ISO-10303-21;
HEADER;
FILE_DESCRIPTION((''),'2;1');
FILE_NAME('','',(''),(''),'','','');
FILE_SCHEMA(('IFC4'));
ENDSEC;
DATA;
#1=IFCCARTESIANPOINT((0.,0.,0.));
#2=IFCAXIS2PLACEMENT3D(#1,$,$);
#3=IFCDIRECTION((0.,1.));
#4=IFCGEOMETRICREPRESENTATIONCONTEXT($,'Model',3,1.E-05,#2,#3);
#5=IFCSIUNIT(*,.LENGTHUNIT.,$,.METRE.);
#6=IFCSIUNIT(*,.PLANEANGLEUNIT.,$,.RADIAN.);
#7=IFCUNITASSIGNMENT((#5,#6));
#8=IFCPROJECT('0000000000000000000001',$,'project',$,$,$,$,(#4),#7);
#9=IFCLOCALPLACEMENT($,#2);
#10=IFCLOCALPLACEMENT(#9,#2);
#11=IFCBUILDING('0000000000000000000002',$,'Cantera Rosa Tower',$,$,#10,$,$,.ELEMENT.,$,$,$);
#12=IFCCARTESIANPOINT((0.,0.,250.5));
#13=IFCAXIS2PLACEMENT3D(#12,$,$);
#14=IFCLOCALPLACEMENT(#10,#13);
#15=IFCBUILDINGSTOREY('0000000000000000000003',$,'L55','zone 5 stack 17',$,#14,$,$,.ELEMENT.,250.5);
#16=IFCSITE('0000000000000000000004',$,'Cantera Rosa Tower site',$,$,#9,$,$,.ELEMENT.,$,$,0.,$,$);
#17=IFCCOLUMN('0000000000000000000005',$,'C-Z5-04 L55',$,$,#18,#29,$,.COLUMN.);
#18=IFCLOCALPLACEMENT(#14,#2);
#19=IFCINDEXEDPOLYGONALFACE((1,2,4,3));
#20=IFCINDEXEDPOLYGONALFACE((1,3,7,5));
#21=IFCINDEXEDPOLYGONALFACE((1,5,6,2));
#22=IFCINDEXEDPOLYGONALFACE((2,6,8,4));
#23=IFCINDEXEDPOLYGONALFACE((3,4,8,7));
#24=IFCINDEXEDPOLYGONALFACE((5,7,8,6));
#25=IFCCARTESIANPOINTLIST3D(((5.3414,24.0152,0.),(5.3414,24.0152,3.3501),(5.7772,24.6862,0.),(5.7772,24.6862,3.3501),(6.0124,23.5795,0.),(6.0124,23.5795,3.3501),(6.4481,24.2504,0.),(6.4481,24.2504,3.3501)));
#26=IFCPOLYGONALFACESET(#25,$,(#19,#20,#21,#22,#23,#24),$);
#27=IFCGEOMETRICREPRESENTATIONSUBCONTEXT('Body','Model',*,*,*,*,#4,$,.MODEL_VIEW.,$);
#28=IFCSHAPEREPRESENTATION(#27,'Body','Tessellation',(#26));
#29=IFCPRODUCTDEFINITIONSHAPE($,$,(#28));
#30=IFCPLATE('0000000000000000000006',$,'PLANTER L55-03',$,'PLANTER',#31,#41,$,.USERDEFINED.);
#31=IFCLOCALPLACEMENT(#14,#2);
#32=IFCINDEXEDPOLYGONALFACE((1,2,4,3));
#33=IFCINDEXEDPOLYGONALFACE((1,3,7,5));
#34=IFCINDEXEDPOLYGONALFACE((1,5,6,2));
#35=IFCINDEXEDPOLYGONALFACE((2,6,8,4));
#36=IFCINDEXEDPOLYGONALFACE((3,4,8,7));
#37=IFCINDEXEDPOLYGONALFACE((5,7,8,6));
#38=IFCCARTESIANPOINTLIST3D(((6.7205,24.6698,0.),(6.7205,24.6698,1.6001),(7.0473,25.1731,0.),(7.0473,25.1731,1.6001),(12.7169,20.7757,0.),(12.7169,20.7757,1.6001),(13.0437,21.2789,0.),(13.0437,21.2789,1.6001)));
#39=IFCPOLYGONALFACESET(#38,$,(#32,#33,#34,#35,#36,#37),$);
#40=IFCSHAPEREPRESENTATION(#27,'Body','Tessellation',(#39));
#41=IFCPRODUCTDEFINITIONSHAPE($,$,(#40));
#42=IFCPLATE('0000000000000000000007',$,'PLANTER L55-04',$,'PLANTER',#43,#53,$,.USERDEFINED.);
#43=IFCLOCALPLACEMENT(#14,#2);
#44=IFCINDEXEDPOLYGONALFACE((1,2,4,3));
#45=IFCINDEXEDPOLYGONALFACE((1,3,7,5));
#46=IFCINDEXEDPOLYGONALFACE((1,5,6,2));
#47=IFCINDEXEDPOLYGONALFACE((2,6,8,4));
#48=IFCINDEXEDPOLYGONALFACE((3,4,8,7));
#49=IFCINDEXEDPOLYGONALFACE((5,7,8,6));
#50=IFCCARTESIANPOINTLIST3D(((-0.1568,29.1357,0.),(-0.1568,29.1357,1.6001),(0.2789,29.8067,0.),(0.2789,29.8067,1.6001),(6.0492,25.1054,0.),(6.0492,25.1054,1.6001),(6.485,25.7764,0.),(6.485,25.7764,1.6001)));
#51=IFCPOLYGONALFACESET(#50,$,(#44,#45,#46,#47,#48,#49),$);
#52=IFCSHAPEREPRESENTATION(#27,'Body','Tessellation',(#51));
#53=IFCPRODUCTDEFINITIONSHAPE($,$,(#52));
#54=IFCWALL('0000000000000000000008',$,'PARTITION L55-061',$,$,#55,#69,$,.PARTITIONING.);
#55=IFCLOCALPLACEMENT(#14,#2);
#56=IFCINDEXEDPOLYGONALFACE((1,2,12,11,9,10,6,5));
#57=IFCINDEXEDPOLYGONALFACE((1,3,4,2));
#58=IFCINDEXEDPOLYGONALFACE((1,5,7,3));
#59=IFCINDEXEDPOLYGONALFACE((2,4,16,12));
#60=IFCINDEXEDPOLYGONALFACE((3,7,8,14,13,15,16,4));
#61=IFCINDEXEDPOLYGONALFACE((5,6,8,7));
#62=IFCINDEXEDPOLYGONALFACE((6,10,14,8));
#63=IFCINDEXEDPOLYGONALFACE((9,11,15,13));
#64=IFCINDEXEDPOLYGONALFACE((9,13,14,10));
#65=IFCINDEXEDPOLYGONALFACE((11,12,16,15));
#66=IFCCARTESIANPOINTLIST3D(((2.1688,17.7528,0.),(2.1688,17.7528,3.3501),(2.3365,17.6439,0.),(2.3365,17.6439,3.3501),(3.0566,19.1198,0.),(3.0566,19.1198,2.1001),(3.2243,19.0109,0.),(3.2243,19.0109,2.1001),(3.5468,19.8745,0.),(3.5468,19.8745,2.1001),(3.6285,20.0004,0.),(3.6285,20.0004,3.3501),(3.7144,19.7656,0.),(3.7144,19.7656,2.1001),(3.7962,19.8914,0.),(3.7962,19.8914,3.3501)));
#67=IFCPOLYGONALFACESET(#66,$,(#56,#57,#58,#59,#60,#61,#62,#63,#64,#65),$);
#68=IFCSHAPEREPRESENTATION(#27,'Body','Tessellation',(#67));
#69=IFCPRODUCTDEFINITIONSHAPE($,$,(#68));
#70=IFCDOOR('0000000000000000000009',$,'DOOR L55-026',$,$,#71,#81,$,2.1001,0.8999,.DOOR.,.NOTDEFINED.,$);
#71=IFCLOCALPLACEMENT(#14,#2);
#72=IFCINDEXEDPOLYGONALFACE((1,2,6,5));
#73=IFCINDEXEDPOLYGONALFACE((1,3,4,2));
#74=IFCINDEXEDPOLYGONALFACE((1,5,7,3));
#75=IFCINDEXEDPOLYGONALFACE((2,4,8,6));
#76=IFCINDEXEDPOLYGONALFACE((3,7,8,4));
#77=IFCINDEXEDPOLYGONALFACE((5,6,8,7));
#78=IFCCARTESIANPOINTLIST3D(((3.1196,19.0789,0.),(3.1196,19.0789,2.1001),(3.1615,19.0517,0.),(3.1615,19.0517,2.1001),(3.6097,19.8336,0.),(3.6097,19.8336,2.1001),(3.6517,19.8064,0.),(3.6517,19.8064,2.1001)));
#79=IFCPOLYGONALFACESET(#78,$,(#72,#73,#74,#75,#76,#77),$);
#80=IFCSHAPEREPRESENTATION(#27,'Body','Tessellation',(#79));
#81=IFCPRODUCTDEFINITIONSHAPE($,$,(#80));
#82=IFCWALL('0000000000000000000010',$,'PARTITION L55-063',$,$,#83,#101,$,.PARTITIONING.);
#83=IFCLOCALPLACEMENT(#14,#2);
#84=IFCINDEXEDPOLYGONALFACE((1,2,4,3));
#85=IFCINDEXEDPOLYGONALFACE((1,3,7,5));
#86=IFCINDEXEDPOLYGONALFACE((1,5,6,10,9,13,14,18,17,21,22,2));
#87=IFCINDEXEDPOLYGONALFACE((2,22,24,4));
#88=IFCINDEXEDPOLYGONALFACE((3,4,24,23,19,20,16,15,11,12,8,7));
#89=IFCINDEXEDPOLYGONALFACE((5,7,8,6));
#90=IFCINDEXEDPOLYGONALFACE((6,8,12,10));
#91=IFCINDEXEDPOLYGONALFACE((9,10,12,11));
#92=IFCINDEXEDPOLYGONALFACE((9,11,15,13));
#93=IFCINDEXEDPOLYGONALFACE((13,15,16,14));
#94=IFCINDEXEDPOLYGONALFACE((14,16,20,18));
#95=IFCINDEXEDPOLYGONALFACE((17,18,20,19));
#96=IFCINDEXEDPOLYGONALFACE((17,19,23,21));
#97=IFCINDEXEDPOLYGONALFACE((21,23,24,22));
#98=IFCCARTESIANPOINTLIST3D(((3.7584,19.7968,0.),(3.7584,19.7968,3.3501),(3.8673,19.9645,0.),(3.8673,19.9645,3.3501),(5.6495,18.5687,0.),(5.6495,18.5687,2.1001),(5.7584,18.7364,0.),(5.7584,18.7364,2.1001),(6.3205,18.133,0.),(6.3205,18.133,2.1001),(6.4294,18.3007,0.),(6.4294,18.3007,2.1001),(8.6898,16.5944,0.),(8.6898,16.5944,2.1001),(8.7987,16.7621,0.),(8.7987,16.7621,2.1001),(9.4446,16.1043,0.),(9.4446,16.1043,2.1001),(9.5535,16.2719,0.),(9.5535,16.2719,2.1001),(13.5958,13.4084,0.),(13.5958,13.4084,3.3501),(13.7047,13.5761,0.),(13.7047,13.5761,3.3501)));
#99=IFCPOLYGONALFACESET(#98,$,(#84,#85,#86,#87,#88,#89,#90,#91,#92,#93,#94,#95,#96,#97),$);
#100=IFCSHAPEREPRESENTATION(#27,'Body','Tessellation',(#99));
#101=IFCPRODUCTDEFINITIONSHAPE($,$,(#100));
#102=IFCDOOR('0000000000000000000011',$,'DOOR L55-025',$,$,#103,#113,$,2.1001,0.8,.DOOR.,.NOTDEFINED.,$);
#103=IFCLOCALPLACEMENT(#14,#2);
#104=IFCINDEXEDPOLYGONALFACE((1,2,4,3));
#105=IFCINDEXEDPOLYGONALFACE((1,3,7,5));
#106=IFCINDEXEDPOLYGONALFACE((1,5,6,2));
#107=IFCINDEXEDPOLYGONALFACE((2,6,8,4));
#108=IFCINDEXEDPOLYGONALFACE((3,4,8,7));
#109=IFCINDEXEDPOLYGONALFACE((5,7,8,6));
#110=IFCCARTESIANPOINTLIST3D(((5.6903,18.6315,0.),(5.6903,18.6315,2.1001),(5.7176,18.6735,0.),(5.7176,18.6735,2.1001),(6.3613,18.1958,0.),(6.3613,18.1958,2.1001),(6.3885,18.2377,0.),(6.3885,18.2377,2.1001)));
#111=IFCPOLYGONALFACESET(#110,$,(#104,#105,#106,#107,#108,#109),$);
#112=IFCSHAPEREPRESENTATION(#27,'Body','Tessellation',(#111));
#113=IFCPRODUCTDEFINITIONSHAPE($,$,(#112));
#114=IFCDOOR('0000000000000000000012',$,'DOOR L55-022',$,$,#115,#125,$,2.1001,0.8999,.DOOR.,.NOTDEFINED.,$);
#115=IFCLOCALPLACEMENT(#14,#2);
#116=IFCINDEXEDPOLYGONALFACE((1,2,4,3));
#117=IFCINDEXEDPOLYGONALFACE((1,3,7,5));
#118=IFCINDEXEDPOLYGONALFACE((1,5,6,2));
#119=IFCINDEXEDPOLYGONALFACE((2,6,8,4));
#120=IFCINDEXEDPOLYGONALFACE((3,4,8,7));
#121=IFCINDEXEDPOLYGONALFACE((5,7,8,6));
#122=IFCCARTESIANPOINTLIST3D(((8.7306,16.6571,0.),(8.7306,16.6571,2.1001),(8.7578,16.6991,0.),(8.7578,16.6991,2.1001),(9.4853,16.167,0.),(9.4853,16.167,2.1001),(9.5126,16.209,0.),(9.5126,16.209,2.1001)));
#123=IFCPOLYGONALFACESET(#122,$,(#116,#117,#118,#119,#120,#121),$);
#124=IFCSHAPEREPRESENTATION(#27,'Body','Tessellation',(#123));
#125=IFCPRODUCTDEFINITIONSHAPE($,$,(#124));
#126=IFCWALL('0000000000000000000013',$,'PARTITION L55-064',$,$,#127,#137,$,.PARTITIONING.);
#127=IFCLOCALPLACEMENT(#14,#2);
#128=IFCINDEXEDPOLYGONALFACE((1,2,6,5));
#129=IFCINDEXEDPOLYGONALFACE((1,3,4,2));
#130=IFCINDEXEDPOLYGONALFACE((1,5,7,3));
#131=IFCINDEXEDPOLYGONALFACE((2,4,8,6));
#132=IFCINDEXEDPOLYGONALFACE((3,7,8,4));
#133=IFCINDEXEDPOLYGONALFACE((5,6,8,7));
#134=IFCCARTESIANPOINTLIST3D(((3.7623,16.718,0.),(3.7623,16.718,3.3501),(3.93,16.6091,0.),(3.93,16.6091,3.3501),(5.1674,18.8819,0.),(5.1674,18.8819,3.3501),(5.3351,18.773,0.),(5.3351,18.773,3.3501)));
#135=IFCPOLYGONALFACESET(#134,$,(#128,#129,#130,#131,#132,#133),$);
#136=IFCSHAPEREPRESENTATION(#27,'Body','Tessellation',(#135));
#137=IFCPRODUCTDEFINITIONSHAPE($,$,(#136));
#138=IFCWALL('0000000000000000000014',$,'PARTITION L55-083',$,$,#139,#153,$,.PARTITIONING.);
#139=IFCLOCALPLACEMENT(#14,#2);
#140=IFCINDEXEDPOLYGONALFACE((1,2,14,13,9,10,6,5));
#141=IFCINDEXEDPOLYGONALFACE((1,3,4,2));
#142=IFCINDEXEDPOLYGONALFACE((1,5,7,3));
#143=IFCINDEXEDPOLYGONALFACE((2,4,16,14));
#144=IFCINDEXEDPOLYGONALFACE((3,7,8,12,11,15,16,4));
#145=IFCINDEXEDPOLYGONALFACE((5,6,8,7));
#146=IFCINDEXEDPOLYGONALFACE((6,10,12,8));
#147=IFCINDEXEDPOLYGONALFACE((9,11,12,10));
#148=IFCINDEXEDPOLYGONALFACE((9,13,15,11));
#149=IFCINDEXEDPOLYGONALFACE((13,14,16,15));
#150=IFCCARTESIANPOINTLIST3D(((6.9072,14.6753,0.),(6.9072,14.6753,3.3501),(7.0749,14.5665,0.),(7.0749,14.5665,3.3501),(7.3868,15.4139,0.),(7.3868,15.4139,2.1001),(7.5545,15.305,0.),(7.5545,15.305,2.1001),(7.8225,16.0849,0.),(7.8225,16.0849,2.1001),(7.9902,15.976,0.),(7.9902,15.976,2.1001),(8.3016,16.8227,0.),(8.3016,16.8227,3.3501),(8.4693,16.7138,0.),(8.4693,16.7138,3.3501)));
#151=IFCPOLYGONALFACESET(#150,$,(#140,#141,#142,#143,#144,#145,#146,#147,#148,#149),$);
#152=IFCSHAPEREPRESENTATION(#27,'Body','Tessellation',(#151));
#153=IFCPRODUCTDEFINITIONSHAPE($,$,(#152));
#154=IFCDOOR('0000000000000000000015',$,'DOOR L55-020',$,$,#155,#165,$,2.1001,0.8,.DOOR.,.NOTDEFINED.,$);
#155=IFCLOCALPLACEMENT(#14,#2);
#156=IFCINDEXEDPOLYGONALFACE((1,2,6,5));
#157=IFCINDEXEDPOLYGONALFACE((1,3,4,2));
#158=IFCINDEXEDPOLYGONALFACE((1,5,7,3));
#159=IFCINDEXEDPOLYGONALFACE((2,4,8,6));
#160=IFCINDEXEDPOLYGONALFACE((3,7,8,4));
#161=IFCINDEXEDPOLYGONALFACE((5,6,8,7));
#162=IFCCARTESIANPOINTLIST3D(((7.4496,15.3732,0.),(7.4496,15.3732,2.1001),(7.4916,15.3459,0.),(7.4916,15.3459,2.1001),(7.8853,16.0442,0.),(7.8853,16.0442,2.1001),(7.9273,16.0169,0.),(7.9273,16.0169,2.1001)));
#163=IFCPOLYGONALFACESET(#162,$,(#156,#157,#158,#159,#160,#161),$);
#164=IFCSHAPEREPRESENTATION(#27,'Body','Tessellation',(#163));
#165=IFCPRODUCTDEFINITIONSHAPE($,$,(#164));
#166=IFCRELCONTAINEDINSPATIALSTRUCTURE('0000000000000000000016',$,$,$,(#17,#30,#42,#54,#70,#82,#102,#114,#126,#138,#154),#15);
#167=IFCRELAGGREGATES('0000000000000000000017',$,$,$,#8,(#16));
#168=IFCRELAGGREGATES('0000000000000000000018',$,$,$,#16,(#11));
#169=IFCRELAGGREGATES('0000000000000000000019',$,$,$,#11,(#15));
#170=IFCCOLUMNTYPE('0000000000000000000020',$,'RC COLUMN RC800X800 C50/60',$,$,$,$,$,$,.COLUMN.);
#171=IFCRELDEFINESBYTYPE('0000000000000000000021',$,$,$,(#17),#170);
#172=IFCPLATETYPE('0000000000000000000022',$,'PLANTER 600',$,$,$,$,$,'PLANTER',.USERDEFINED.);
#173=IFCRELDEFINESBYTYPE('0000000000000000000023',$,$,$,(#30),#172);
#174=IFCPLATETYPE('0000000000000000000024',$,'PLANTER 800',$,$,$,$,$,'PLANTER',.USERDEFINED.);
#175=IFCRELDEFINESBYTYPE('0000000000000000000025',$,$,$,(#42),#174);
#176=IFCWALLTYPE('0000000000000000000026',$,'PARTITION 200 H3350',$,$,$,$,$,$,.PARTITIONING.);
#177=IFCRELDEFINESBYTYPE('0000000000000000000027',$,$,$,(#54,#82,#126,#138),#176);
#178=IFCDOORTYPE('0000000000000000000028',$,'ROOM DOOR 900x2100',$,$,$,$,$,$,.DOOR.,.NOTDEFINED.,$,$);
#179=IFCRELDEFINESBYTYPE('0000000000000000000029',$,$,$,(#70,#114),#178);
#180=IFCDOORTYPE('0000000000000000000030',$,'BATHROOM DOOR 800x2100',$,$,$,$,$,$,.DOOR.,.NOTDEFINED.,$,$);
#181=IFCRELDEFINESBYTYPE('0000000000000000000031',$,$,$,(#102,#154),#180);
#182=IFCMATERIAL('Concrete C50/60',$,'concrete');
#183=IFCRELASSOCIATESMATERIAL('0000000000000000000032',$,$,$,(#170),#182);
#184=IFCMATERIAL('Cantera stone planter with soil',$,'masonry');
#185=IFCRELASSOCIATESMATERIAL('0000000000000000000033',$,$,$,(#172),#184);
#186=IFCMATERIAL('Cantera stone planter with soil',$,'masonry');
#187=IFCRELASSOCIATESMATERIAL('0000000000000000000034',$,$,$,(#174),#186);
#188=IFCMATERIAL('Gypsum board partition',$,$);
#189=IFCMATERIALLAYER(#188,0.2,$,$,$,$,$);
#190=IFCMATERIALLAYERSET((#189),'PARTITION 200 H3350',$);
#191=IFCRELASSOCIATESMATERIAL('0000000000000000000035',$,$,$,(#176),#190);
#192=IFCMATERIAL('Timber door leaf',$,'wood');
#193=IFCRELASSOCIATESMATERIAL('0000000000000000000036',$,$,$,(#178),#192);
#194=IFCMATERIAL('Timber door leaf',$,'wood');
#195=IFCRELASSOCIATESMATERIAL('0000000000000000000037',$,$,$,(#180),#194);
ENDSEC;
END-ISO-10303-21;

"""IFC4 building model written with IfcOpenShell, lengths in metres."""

from ifc_helpers import new_model, si_unit, direction, frame, frame_2d, origin, origin_2d, place, context, subcontext, project, spatial, rectangle, extrude, material, layer, layer_set, material_profile, profile_set, type_object, element, fill, save


model = new_model("IFC4")

# Units and contexts
model_context = context("Model", 3, precision=1e-05, world=origin(), true_north=direction((0.0, 1.0)))
body_context = subcontext(model_context, "Body", "Model", "MODEL_VIEW")
ifc_project = project(units=[si_unit("LENGTHUNIT", "METRE"), si_unit("PLANEANGLEUNIT", "RADIAN")], contexts=[model_context])

# Site, building, storey
site_placement = place(None, origin())
site = spatial("IfcSite", under=ifc_project, at=site_placement, Name="Cantera Rosa Tower site", CompositionType="ELEMENT", RefElevation=0.0)
building_placement = place(site_placement, origin())
building = spatial("IfcBuilding", under=site, at=building_placement, Name="Cantera Rosa Tower", CompositionType="ELEMENT")
storey_placement = place(building_placement, frame((0.0, 0.0, 250.5)))
storey = spatial("IfcBuildingStorey", under=building, at=storey_placement, Name="L55", Description="zone 5 stack 17", CompositionType="ELEMENT", Elevation=250.5)

# Column
ifc_material_1 = material(Name="Concrete C50/60", Category="concrete")
ifc_material_profile = material_profile(ifc_material_1, rectangle(XDim=0.8, YDim=0.8, at=origin_2d()), Name="RC COLUMN RC800X800 C50/60")
ifc_profile_set = profile_set([ifc_material_profile], Name="Concrete C50/60")
column_type = type_object("IfcColumnType", Name="RC COLUMN RC800X800 C50/60", PredefinedType="COLUMN", material=ifc_profile_set)
column_placement = place(storey_placement, frame((5.8948, 24.1328, 0.0), z_axis=(0.0, 0.0, 1.0), x_axis=(0.544639, 0.838671, 0.0)))
element("IfcColumn", 1, at=column_placement, inside=storey, type_object=column_type, Name="C-Z5-04 L55", PredefinedType="COLUMN", context=body_context, shape_type="SweptSolid", body=[
    extrude(rectangle(XDim=0.8, YDim=0.8, at=origin_2d()), origin(), (0.0, 0.0, 1.0), 3.3501),
])

# Plates
ifc_material_2 = material(Name="Cantera stone planter with soil", Category="masonry")
plate_type_1 = type_object("IfcPlateType", Name="PLANTER 600", ElementType="PLANTER", PredefinedType="USERDEFINED", material=ifc_material_2)
plate_1_placement = place(storey_placement, frame((9.8821, 22.9744, 0.0), z_axis=(0.0, 0.0, 1.0), x_axis=(-0.838671, 0.544639, 0.0)))
element("IfcPlate", 2, at=plate_1_placement, inside=storey, type_object=plate_type_1, Name="PLANTER L55-03", ObjectType="PLANTER", PredefinedType="USERDEFINED", context=body_context, shape_type="SweptSolid", body=[
    extrude(rectangle(XDim=7.1499, YDim=0.6001, at=origin_2d()), origin(), (0.0, 0.0, 1.0), 1.6001),
])
ifc_material_3 = material(Name="Cantera stone planter with soil", Category="masonry")
plate_type_2 = type_object("IfcPlateType", Name="PLANTER 800", ElementType="PLANTER", PredefinedType="USERDEFINED", material=ifc_material_3)
plate_2_placement = place(storey_placement, frame((3.1641, 27.4561, 0.0), z_axis=(0.0, 0.0, 1.0), x_axis=(-0.838671, 0.544639, 0.0)))
element("IfcPlate", 3, at=plate_2_placement, inside=storey, type_object=plate_type_2, Name="PLANTER L55-04", ObjectType="PLANTER", PredefinedType="USERDEFINED", context=body_context, shape_type="SweptSolid", body=[
    extrude(rectangle(XDim=7.3999, YDim=0.8, at=origin_2d()), origin(), (0.0, 0.0, 1.0), 1.6001),
])

# Wall, opening, door
ifc_material_4 = material(Name="Gypsum board partition")
ifc_layer_1 = layer(ifc_material_4, 0.2)
ifc_layer_set_1 = layer_set([ifc_layer_1], Name="PARTITION 200 H3350")
wall_type_1 = type_object("IfcWallType", Name="PARTITION 200 H3350", PredefinedType="PARTITIONING", material=ifc_layer_set_1)
wall_1_placement = place(storey_placement, frame((2.2527, 17.6985, 0.0), z_axis=(0.0, 0.0, 1.0), x_axis=(0.544675, 0.838648, 0.0)))
wall_1 = element("IfcWall", 4, at=wall_1_placement, inside=storey, type_object=wall_type_1, Name="PARTITION L55-061", PredefinedType="PARTITIONING", context=body_context, shape_type="SweptSolid", body=[
    extrude(rectangle(XDim=2.6799, YDim=0.2, at=frame_2d((1.3398, 0.0))), origin(), (0.0, 0.0, 1.0), 3.3501),
])
opening_1_placement = place(wall_1_placement, frame((1.6299, 0.0, 0.0)))
opening_1 = element("IfcOpeningElement", 5, at=opening_1_placement, cuts=wall_1, PredefinedType="OPENING", context=body_context, shape_type="SweptSolid", body=[
    extrude(rectangle(XDim=0.8999, YDim=2.1001, at=frame_2d((0.45, 1.05))), frame((0.0, 0.1099, 0.0), z_axis=(0.0, -1.0, 0.0), x_axis=(1.0, 0.0, 0.0)), (0.0, 0.0, 1.0), 0.22),
])
ifc_material_5 = material(Name="Timber door leaf", Category="wood")
door_type_1 = type_object("IfcDoorType", Name="ROOM DOOR 900x2100", OperationType="NOTDEFINED", PredefinedType="DOOR", material=ifc_material_5)
door_1_placement = place(opening_1_placement, origin())
door_1 = element("IfcDoor", 6, at=door_1_placement, inside=storey, type_object=door_type_1, Name="DOOR L55-026", OperationType="NOTDEFINED", OverallHeight=2.1001, OverallWidth=0.8999, PredefinedType="DOOR", context=body_context, shape_type="SweptSolid", body=[
    extrude(rectangle(XDim=0.8999, YDim=2.1001, at=frame_2d((0.45, 1.05))), frame((0.0, 0.0249, 0.0), z_axis=(0.0, -1.0, 0.0), x_axis=(1.0, 0.0, 0.0)), (0.0, 0.0, 1.0), 0.05),
])
fill(opening_1, door_1)

# Wall, openings, doors
wall_2_placement = place(storey_placement, frame((3.813, 19.8806, 0.0), z_axis=(0.0, 0.0, 1.0), x_axis=(0.838673, -0.544636, 0.0)))
wall_2 = element("IfcWall", 7, at=wall_2_placement, inside=storey, type_object=wall_type_1, Name="PARTITION L55-063", PredefinedType="PARTITIONING", context=body_context, shape_type="SweptSolid", body=[
    extrude(rectangle(XDim=11.7297, YDim=0.2, at=frame_2d((5.8647, 0.0))), origin(), (0.0, 0.0, 1.0), 3.3501),
])
opening_2_placement = place(wall_2_placement, frame((5.8799, 0.0, 0.0)))
opening_2 = element("IfcOpeningElement", 8, at=opening_2_placement, cuts=wall_2, PredefinedType="OPENING", context=body_context, shape_type="SweptSolid", body=[
    extrude(rectangle(XDim=0.8999, YDim=2.1001, at=frame_2d((0.45, 1.05))), frame((0.0, 0.1099, 0.0), z_axis=(0.0, -1.0, 0.0), x_axis=(1.0, 0.0, 0.0)), (0.0, 0.0, 1.0), 0.22),
])
opening_3_placement = place(wall_2_placement, frame((2.2549, 0.0, 0.0)))
opening_3 = element("IfcOpeningElement", 9, at=opening_3_placement, cuts=wall_2, PredefinedType="OPENING", context=body_context, shape_type="SweptSolid", body=[
    extrude(rectangle(XDim=0.8, YDim=2.1001, at=frame_2d((0.3999, 1.05))), frame((0.0, 0.1099, 0.0), z_axis=(0.0, -1.0, 0.0), x_axis=(1.0, 0.0, 0.0)), (0.0, 0.0, 1.0), 0.22),
])
ifc_material_6 = material(Name="Timber door leaf", Category="wood")
door_type_2 = type_object("IfcDoorType", Name="BATHROOM DOOR 800x2100", OperationType="NOTDEFINED", PredefinedType="DOOR", material=ifc_material_6)
door_2_placement = place(opening_3_placement, origin())
door_2 = element("IfcDoor", 10, at=door_2_placement, inside=storey, type_object=door_type_2, Name="DOOR L55-025", OperationType="NOTDEFINED", OverallHeight=2.1001, OverallWidth=0.8, PredefinedType="DOOR", context=body_context, shape_type="SweptSolid", body=[
    extrude(rectangle(XDim=0.8, YDim=2.1001, at=frame_2d((0.3999, 1.05))), frame((0.0, 0.0249, 0.0), z_axis=(0.0, -1.0, 0.0), x_axis=(1.0, 0.0, 0.0)), (0.0, 0.0, 1.0), 0.05),
])
fill(opening_3, door_2)
door_3_placement = place(opening_2_placement, origin())
door_3 = element("IfcDoor", 11, at=door_3_placement, inside=storey, type_object=door_type_1, Name="DOOR L55-022", OperationType="NOTDEFINED", OverallHeight=2.1001, OverallWidth=0.8999, PredefinedType="DOOR", context=body_context, shape_type="SweptSolid", body=[
    extrude(rectangle(XDim=0.8999, YDim=2.1001, at=frame_2d((0.45, 1.05))), frame((0.0, 0.0249, 0.0), z_axis=(0.0, -1.0, 0.0), x_axis=(1.0, 0.0, 0.0)), (0.0, 0.0, 1.0), 0.05),
])
fill(opening_2, door_3)

# Wall
wall_3_placement = place(storey_placement, frame((3.8462, 16.6636, 0.0), z_axis=(0.0, 0.0, 1.0), x_axis=(0.544592, 0.838701, 0.0)))
element("IfcWall", 12, at=wall_3_placement, inside=storey, type_object=wall_type_1, Name="PARTITION L55-064", PredefinedType="PARTITIONING", context=body_context, shape_type="SweptSolid", body=[
    extrude(rectangle(XDim=2.5801, YDim=0.2, at=frame_2d((1.29, 0.0))), origin(), (0.0, 0.0, 1.0), 3.3501),
])

# Wall, opening, door
wall_4_placement = place(storey_placement, frame((8.3855, 16.7683, 0.0), z_axis=(0.0, 0.0, 1.0), x_axis=(-0.544603, -0.838694, 0.0)))
wall_4 = element("IfcWall", 13, at=wall_4_placement, inside=storey, type_object=wall_type_1, Name="PARTITION L55-083", PredefinedType="PARTITIONING", context=body_context, shape_type="SweptSolid", body=[
    extrude(rectangle(XDim=2.5603, YDim=0.2, at=frame_2d((1.2803, 0.0))), origin(), (0.0, 0.0, 1.0), 3.3501),
])
opening_4_placement = place(wall_4_placement, frame((0.8799, 0.0, 0.0)))
opening_4 = element("IfcOpeningElement", 14, at=opening_4_placement, cuts=wall_4, PredefinedType="OPENING", context=body_context, shape_type="SweptSolid", body=[
    extrude(rectangle(XDim=0.8, YDim=2.1001, at=frame_2d((0.3999, 1.05))), frame((0.0, 0.1099, 0.0), z_axis=(0.0, -1.0, 0.0), x_axis=(1.0, 0.0, 0.0)), (0.0, 0.0, 1.0), 0.22),
])
door_4_placement = place(opening_4_placement, origin())
door_4 = element("IfcDoor", 15, at=door_4_placement, inside=storey, type_object=door_type_2, Name="DOOR L55-020", OperationType="NOTDEFINED", OverallHeight=2.1001, OverallWidth=0.8, PredefinedType="DOOR", context=body_context, shape_type="SweptSolid", body=[
    extrude(rectangle(XDim=0.8, YDim=2.1001, at=frame_2d((0.3999, 1.05))), frame((0.0, 0.0249, 0.0), z_axis=(0.0, -1.0, 0.0), x_axis=(1.0, 0.0, 0.0)), (0.0, 0.0, 1.0), 0.05),
])
fill(opening_4, door_4)

save(model, "model.ifc")
